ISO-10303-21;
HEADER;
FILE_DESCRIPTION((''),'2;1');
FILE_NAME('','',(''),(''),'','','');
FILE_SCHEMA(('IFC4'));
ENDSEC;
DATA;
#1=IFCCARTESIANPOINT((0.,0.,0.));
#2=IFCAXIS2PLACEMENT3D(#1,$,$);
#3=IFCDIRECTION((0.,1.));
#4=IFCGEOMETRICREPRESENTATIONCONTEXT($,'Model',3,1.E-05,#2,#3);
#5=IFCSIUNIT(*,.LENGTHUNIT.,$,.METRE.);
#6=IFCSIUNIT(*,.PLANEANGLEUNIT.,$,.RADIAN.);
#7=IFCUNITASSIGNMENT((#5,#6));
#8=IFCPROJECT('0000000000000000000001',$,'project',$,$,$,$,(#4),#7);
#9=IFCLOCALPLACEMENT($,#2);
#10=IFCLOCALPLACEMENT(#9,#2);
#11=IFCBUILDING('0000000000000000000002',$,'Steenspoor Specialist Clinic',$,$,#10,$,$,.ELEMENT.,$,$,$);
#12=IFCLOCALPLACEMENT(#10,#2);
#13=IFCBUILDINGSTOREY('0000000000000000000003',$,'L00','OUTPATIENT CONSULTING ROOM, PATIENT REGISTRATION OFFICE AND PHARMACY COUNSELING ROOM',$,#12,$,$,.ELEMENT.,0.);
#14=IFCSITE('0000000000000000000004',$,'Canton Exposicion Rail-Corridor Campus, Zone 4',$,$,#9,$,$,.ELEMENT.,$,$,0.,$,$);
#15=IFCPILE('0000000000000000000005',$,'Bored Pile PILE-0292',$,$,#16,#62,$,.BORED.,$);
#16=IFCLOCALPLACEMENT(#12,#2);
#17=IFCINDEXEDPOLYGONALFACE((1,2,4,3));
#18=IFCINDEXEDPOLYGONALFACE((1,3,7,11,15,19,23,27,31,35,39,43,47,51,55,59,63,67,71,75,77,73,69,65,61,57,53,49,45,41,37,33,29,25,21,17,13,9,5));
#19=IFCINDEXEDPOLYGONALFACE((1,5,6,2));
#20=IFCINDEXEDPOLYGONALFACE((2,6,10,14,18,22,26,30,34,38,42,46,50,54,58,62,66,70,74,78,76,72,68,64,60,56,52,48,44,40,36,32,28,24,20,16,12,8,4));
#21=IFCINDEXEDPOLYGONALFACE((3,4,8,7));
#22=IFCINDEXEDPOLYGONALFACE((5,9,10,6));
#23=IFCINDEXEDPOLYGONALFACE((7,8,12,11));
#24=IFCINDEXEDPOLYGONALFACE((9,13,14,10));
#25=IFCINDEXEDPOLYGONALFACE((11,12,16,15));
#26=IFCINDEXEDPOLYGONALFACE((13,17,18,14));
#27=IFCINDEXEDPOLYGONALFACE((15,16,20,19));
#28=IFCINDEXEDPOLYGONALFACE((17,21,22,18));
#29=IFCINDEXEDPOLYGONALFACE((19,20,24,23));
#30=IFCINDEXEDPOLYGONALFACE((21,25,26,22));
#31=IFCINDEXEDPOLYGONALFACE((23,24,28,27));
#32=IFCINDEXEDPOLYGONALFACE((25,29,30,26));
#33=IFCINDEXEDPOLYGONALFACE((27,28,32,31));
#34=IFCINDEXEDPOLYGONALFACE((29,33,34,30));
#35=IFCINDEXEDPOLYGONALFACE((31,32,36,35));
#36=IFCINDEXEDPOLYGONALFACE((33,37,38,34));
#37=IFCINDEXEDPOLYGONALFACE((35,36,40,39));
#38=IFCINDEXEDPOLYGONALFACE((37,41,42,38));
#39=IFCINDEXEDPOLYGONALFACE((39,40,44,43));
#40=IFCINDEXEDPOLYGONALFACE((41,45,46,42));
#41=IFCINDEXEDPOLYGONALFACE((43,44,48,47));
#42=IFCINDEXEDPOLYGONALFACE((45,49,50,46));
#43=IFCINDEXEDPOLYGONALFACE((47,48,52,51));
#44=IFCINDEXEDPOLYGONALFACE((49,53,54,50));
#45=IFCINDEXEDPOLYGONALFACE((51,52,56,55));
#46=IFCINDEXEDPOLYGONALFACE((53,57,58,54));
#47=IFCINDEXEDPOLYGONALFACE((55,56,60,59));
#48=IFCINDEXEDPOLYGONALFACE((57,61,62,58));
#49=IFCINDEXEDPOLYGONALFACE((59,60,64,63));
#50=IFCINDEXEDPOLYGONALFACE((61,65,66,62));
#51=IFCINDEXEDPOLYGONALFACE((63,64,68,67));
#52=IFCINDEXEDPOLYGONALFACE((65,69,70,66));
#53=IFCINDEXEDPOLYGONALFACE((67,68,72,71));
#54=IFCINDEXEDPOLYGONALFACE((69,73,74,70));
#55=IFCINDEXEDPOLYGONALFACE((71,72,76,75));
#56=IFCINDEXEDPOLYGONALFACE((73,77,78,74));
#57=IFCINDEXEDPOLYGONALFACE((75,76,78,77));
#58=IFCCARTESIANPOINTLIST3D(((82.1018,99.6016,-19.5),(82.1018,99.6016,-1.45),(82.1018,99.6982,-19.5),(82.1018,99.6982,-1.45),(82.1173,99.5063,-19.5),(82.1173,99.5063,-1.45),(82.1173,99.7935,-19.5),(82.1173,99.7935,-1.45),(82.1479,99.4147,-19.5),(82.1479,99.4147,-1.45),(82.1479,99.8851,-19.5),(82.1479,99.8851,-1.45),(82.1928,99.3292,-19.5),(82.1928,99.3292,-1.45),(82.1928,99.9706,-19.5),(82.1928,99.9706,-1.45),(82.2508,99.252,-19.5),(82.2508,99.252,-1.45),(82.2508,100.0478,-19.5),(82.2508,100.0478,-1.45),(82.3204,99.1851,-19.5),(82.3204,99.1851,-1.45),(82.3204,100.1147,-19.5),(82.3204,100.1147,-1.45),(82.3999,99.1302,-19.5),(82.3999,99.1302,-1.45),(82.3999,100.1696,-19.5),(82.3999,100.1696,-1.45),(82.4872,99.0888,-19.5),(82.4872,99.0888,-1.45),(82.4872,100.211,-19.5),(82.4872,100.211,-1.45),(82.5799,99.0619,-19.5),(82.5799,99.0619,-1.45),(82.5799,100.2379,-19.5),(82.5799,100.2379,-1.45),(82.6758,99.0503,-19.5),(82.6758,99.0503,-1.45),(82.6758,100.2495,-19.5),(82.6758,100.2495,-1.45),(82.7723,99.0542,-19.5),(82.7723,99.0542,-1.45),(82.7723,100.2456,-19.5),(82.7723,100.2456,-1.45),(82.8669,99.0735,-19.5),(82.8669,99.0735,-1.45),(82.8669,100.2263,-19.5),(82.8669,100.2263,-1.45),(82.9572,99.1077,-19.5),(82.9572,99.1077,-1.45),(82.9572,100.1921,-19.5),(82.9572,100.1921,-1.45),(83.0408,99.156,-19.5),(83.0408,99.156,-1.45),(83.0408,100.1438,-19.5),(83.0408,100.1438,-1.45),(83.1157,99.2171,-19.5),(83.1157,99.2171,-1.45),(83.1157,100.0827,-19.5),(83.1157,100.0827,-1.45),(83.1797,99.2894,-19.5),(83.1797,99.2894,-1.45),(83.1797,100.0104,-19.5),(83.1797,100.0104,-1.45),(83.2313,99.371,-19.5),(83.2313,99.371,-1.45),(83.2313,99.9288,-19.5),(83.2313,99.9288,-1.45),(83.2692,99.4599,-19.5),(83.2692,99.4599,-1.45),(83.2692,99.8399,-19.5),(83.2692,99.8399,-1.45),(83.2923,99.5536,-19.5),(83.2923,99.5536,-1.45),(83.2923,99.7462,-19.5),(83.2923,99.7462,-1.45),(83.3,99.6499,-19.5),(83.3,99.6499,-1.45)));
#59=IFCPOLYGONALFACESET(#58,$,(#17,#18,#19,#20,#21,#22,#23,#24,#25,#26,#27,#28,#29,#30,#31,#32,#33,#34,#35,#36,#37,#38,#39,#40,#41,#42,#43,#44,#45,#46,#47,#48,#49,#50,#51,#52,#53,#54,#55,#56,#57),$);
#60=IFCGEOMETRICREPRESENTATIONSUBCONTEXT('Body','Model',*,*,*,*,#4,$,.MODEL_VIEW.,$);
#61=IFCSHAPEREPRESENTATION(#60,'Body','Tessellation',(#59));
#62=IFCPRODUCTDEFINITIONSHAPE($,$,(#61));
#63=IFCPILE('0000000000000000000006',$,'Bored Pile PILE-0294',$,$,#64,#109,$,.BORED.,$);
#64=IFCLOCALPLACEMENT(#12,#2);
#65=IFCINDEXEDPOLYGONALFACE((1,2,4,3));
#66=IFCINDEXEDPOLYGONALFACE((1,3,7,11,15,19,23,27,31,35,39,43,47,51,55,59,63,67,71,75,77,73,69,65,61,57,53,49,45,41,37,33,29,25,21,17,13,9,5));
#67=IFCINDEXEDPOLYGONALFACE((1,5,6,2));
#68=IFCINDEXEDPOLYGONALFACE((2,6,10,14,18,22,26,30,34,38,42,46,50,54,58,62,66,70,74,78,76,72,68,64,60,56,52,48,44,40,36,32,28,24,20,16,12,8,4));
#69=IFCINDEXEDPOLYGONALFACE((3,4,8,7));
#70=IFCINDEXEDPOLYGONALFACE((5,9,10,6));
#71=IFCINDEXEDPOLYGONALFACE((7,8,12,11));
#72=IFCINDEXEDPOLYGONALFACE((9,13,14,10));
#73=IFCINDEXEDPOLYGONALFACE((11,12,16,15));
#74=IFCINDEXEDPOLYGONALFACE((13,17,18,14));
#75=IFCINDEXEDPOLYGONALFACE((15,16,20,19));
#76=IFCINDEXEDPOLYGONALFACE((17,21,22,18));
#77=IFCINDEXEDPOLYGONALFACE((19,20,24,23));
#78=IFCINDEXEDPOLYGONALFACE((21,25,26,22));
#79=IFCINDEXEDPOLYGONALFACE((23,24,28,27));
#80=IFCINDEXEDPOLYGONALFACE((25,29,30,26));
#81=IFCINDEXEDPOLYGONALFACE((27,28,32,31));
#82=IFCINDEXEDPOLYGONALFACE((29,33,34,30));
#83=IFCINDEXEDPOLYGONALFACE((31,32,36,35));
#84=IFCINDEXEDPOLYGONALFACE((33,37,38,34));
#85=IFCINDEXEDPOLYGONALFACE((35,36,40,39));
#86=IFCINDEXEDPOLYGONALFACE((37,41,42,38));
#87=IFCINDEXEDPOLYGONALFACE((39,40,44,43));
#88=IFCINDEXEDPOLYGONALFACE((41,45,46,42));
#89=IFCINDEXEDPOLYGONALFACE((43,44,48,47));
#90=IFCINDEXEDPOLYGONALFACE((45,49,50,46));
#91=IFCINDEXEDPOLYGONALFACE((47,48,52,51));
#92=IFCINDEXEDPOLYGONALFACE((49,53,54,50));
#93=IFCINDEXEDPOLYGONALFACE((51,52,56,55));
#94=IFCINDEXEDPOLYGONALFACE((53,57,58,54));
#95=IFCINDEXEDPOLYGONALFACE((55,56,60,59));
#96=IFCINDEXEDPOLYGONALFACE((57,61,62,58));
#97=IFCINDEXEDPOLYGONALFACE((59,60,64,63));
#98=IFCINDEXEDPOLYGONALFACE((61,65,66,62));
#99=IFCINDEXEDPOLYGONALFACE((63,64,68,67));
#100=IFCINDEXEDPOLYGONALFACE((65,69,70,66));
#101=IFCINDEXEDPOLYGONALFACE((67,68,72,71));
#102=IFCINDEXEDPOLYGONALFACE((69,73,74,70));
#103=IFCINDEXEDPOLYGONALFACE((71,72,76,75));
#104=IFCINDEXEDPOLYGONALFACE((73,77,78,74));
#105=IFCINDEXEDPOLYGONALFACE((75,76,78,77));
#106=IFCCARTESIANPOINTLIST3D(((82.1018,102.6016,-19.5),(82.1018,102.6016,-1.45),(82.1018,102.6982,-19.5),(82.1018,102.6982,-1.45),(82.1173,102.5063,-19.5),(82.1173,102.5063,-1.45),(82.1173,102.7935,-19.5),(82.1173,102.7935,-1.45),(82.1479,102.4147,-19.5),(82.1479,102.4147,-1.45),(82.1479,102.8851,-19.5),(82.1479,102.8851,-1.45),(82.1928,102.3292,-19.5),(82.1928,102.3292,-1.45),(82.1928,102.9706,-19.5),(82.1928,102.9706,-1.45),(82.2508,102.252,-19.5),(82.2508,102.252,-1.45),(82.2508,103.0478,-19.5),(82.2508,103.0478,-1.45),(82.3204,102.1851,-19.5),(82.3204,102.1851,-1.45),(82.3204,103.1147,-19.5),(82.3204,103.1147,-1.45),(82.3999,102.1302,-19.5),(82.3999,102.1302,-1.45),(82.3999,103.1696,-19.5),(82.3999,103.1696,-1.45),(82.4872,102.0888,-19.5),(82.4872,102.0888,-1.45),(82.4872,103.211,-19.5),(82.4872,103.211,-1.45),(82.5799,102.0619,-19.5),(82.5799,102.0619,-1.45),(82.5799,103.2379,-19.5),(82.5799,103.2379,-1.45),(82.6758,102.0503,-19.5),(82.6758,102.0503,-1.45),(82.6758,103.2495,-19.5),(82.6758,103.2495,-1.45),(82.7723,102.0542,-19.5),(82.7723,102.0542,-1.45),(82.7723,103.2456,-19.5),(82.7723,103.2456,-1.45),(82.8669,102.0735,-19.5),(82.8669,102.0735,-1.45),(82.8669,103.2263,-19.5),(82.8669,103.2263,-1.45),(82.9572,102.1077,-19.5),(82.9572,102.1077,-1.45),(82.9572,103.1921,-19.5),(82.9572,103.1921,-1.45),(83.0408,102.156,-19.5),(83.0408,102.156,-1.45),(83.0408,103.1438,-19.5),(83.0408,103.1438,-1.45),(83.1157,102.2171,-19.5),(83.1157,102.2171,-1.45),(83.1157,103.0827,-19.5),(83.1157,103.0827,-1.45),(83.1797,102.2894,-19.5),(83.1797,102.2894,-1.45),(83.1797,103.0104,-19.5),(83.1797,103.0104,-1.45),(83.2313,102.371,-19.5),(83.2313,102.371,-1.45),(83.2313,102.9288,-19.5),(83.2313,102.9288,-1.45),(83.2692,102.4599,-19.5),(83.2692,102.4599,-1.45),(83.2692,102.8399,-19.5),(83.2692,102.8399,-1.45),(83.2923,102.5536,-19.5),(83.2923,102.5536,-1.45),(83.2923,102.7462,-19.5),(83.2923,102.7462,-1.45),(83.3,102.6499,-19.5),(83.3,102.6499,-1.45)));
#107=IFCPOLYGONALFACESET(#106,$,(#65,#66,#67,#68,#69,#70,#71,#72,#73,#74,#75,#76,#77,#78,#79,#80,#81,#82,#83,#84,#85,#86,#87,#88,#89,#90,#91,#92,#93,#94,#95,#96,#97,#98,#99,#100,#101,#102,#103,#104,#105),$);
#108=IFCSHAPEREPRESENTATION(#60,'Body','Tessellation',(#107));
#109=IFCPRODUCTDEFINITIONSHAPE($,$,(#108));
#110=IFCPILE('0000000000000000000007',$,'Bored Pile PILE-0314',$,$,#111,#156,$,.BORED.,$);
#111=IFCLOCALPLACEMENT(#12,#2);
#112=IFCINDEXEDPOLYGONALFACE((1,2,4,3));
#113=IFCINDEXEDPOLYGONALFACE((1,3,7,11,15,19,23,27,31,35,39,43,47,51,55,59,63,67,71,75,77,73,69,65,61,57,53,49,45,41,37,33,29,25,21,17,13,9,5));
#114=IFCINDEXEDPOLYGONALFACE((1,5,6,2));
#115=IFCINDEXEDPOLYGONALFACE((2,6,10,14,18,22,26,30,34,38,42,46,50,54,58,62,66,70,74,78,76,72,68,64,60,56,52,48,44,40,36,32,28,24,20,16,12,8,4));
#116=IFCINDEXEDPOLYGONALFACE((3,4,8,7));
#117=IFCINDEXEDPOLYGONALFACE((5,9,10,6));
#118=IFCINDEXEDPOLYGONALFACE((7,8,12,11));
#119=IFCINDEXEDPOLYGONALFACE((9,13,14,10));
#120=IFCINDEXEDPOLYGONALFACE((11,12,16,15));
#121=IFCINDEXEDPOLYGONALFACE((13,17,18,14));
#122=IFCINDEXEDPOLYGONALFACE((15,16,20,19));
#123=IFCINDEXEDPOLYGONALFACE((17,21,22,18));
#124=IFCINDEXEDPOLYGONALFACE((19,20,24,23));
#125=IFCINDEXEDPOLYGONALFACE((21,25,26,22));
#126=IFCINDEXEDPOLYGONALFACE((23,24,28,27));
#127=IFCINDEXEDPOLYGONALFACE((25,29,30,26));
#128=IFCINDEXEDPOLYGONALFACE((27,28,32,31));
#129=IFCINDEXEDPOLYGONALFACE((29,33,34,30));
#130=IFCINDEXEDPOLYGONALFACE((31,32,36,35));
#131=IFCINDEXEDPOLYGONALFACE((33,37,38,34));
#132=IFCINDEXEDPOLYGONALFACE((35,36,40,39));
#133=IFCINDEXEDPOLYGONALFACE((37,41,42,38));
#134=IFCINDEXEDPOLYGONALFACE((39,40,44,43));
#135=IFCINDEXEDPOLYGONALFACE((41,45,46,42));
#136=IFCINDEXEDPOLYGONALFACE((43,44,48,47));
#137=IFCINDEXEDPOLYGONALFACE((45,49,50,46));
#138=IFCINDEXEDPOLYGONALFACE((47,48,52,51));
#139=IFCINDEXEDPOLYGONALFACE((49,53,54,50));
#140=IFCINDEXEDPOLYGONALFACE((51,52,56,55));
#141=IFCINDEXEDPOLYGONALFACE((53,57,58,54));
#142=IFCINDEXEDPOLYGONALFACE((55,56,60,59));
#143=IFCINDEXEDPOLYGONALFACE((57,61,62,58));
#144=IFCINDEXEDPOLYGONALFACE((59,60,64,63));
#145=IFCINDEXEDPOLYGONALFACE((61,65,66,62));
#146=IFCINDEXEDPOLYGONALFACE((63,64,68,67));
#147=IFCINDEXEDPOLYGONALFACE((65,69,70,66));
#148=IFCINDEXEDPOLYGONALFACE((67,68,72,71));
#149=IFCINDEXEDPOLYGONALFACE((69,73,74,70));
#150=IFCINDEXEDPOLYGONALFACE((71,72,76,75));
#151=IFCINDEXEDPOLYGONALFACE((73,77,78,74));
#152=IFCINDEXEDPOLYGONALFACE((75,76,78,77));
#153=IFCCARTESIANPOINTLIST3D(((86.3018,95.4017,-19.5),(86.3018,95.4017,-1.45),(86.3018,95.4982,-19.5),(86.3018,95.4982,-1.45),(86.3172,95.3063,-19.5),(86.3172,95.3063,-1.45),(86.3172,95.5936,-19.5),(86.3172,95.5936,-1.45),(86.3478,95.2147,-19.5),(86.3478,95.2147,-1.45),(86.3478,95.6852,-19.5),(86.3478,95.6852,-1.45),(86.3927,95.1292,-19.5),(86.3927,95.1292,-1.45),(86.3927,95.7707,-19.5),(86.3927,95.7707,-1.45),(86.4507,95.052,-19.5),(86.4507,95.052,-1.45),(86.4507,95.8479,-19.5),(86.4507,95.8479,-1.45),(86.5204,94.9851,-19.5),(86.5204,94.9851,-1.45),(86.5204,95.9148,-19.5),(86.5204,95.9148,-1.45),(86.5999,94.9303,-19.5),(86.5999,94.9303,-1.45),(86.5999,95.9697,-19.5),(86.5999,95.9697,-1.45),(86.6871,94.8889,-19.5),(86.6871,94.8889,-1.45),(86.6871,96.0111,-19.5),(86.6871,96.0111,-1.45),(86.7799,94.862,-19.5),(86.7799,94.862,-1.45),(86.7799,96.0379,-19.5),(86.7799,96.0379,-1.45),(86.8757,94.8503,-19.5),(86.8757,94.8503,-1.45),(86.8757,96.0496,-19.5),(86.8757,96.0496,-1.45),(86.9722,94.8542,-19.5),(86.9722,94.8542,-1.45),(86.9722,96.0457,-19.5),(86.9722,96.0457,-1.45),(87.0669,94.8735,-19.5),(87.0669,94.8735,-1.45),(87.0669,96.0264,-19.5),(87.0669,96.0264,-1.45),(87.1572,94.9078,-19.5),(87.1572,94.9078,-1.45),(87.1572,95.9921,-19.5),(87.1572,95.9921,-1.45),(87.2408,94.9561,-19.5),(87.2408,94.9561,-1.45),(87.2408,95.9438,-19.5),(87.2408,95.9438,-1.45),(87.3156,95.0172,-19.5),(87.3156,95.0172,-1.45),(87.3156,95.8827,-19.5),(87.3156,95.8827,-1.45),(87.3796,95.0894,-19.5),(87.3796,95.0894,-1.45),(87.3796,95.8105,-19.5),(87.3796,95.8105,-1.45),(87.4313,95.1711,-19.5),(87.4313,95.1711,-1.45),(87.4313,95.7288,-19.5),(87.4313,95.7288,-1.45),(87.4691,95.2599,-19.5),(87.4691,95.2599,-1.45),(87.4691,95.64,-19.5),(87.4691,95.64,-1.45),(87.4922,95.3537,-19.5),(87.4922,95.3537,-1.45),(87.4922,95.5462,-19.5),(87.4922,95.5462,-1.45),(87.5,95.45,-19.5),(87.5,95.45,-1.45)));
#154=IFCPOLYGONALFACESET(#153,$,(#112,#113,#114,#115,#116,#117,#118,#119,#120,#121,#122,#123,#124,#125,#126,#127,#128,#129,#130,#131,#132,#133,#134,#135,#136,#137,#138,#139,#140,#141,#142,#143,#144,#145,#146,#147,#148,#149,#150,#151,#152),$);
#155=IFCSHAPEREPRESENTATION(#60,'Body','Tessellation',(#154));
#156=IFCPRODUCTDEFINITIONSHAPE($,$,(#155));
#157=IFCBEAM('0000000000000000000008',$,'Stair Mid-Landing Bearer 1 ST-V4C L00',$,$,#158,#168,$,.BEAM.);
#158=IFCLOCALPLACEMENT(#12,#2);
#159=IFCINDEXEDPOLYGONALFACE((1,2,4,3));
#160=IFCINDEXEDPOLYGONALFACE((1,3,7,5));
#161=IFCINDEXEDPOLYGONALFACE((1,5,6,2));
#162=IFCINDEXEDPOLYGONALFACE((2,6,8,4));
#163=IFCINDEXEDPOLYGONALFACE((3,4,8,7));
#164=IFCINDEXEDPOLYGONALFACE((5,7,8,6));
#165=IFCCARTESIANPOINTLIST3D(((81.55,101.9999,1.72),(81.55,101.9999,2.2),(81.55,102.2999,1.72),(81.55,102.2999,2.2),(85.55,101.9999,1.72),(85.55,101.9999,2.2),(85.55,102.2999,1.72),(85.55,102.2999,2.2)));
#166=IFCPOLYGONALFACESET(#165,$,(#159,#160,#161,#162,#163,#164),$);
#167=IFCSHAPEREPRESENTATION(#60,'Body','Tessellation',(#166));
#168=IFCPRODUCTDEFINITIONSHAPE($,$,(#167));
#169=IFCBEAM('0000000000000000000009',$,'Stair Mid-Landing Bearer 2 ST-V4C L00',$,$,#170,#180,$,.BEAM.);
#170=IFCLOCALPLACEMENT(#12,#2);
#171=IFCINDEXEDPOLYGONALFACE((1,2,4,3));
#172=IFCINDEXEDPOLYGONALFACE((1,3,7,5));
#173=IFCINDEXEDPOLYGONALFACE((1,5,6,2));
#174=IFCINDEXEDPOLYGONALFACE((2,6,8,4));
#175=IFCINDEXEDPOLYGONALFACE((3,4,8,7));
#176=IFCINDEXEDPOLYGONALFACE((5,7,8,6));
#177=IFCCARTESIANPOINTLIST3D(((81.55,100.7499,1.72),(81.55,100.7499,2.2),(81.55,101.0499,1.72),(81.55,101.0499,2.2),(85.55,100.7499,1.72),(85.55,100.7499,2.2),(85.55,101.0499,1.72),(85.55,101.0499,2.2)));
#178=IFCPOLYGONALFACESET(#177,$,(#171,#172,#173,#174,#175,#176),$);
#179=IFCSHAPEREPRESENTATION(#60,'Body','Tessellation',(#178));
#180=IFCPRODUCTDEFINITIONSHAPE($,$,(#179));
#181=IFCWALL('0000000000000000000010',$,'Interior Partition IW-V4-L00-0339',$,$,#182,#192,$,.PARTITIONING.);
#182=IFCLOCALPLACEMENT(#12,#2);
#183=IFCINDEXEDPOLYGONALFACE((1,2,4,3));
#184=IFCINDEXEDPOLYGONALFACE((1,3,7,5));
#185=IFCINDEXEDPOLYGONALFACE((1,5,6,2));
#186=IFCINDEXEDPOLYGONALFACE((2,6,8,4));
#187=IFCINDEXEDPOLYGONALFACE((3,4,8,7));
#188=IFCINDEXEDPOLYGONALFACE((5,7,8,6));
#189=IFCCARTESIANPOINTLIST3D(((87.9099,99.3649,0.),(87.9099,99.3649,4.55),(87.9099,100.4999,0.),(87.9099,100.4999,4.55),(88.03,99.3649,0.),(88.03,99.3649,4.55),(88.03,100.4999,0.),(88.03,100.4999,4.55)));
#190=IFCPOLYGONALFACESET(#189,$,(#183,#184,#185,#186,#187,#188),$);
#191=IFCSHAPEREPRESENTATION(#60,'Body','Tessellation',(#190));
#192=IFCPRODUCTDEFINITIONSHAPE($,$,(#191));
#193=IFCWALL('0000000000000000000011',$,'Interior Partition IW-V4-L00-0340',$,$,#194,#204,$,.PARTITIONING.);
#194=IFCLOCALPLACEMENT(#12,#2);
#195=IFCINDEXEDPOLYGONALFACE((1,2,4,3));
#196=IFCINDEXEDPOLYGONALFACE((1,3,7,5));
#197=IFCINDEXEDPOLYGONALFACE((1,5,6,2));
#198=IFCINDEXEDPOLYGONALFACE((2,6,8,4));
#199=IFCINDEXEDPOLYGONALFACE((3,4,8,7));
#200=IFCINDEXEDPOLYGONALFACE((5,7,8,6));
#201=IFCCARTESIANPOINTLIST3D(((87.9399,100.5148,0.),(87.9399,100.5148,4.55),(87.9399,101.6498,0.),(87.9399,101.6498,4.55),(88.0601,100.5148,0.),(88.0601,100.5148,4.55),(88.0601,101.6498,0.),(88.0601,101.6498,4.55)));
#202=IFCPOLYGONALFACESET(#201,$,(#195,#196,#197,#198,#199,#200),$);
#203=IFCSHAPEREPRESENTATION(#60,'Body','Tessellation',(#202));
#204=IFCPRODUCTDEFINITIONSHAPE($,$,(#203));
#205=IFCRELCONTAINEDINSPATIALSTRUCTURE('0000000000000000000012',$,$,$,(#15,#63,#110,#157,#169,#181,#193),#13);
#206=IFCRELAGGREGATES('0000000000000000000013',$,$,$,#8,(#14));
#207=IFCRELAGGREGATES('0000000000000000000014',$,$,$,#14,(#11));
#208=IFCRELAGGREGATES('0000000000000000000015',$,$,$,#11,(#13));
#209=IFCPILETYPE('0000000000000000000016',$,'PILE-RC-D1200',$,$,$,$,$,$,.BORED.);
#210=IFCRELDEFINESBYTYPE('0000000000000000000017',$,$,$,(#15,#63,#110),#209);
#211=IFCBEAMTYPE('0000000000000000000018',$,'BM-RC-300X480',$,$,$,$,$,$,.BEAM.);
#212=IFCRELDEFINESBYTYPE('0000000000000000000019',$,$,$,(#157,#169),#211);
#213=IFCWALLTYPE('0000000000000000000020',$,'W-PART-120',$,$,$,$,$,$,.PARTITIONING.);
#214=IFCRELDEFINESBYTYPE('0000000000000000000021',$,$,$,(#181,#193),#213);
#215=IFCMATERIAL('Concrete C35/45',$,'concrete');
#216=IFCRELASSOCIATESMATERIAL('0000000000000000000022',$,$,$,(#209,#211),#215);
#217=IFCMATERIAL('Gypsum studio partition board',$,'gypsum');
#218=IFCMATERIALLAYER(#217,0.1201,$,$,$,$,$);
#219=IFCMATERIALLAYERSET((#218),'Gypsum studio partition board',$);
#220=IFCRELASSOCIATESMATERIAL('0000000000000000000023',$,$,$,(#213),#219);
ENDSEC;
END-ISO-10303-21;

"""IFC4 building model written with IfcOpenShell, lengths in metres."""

from ifc_helpers import new_model, si_unit, direction, frame, frame_2d, origin, origin_2d, place, context, subcontext, project, spatial, rectangle, circle, extrude, material, layer, layer_set, material_profile, profile_set, type_object, element, save


model = new_model("IFC4")

# Units and contexts
model_context = context("Model", 3, precision=1e-05, world=origin(), true_north=direction((0.0, 1.0)))
body_context = subcontext(model_context, "Body", "Model", "MODEL_VIEW")
ifc_project = project(units=[si_unit("LENGTHUNIT", "METRE"), si_unit("PLANEANGLEUNIT", "RADIAN")], contexts=[model_context])

# Site, building, storey
site_placement = place(None, origin())
site = spatial("IfcSite", under=ifc_project, at=site_placement, Name="Canton Exposicion Rail-Corridor Campus, Zone 4", CompositionType="ELEMENT", RefElevation=0.0)
building_placement = place(site_placement, origin())
building = spatial("IfcBuilding", under=site, at=building_placement, Name="Steenspoor Specialist Clinic", CompositionType="ELEMENT")
storey_placement = place(building_placement, origin())
storey = spatial("IfcBuildingStorey", under=building, at=storey_placement, Name="L00", Description="OUTPATIENT CONSULTING ROOM, PATIENT REGISTRATION OFFICE AND PHARMACY COUNSELING ROOM", CompositionType="ELEMENT", Elevation=0.0)

# Shared definitions
ifc_material_1 = material(Name="Concrete C35/45", Category="concrete")

# Piles
ifc_material_profile_1 = material_profile(ifc_material_1, circle(Radius=0.6001, at=origin_2d()), Name="PILE-D1200")
ifc_profile_set_1 = profile_set([ifc_material_profile_1], Name="Concrete C35/45")
pile_type_1 = type_object("IfcPileType", Name="PILE-RC-D1200", PredefinedType="BORED", material=ifc_profile_set_1)
for number, where, z_axis, x_axis, name in (
    (1, (82.7, 99.6499, -1.45), (0.0, 0.0, -1.0), (1.0, 0.0, 0.0), "Bored Pile PILE-0292"),
    (2, (82.7, 102.6499, -1.45), (0.0, 0.0, -1.0), (1.0, 0.0, 0.0), "Bored Pile PILE-0294"),
    (3, (86.8999, 95.45, -1.45), (0.0, 0.0, -1.0), (1.0, 0.0, 0.0), "Bored Pile PILE-0314"),
):
    element("IfcPile", number, at=place(storey_placement, frame(where, z_axis=z_axis, x_axis=x_axis)), inside=storey, type_object=pile_type_1, Name=name, PredefinedType="BORED", context=body_context, shape_type="SweptSolid", body=[
        extrude(circle(Radius=0.6001, at=origin_2d()), origin(), (0.0, 0.0, 1.0), 18.05),
    ])

# Beams
ifc_material_profile_2 = material_profile(ifc_material_1, rectangle(XDim=0.3, YDim=0.48, at=origin_2d()), Name="RC-BM-300X480")
ifc_profile_set_2 = profile_set([ifc_material_profile_2], Name="Concrete C35/45")
beam_type = type_object("IfcBeamType", Name="BM-RC-300X480", PredefinedType="BEAM", material=ifc_profile_set_2)
for number, where, z_axis, x_axis, name in (
    (4, (81.55, 102.1499, 1.96), (1.0, 0.0, 0.0), (0.0, 1.0, 0.0), "Stair Mid-Landing Bearer 1 ST-V4C L00"),
    (5, (81.55, 100.8999, 1.96), (1.0, 0.0, 0.0), (0.0, 1.0, 0.0), "Stair Mid-Landing Bearer 2 ST-V4C L00"),
):
    element("IfcBeam", number, at=place(storey_placement, frame(where, z_axis=z_axis, x_axis=x_axis)), inside=storey, type_object=beam_type, Name=name, PredefinedType="BEAM", context=body_context, shape_type="SweptSolid", body=[
        extrude(rectangle(XDim=0.3, YDim=0.48, at=origin_2d()), origin(), (0.0, 0.0, 1.0), 4.0),
    ])

# Walls
ifc_material_2 = material(Name="Gypsum studio partition board", Category="gypsum")
ifc_layer_1 = layer(ifc_material_2, 0.1201)
ifc_layer_set_1 = layer_set([ifc_layer_1], Name="Gypsum studio partition board")
wall_type_1 = type_object("IfcWallType", Name="W-PART-120", PredefinedType="PARTITIONING", material=ifc_layer_set_1)
for number, where, z_axis, x_axis, name in (
    (6, (87.97, 99.365, 0.0), (0.0, 0.0, 1.0), (0.0, 1.0, 0.0), "Interior Partition IW-V4-L00-0339"),
    (7, (88.0, 100.5149, 0.0), (0.0, 0.0, 1.0), (0.0, 1.0, 0.0), "Interior Partition IW-V4-L00-0340"),
):
    element("IfcWall", number, at=place(storey_placement, frame(where, z_axis=z_axis, x_axis=x_axis)), inside=storey, type_object=wall_type_1, Name=name, PredefinedType="PARTITIONING", context=body_context, shape_type="SweptSolid", body=[
        extrude(rectangle(XDim=1.135, YDim=0.1201, at=frame_2d((0.5674, 0.0))), origin(), (0.0, 0.0, 1.0), 4.55),
    ])

save(model, "model.ifc")
